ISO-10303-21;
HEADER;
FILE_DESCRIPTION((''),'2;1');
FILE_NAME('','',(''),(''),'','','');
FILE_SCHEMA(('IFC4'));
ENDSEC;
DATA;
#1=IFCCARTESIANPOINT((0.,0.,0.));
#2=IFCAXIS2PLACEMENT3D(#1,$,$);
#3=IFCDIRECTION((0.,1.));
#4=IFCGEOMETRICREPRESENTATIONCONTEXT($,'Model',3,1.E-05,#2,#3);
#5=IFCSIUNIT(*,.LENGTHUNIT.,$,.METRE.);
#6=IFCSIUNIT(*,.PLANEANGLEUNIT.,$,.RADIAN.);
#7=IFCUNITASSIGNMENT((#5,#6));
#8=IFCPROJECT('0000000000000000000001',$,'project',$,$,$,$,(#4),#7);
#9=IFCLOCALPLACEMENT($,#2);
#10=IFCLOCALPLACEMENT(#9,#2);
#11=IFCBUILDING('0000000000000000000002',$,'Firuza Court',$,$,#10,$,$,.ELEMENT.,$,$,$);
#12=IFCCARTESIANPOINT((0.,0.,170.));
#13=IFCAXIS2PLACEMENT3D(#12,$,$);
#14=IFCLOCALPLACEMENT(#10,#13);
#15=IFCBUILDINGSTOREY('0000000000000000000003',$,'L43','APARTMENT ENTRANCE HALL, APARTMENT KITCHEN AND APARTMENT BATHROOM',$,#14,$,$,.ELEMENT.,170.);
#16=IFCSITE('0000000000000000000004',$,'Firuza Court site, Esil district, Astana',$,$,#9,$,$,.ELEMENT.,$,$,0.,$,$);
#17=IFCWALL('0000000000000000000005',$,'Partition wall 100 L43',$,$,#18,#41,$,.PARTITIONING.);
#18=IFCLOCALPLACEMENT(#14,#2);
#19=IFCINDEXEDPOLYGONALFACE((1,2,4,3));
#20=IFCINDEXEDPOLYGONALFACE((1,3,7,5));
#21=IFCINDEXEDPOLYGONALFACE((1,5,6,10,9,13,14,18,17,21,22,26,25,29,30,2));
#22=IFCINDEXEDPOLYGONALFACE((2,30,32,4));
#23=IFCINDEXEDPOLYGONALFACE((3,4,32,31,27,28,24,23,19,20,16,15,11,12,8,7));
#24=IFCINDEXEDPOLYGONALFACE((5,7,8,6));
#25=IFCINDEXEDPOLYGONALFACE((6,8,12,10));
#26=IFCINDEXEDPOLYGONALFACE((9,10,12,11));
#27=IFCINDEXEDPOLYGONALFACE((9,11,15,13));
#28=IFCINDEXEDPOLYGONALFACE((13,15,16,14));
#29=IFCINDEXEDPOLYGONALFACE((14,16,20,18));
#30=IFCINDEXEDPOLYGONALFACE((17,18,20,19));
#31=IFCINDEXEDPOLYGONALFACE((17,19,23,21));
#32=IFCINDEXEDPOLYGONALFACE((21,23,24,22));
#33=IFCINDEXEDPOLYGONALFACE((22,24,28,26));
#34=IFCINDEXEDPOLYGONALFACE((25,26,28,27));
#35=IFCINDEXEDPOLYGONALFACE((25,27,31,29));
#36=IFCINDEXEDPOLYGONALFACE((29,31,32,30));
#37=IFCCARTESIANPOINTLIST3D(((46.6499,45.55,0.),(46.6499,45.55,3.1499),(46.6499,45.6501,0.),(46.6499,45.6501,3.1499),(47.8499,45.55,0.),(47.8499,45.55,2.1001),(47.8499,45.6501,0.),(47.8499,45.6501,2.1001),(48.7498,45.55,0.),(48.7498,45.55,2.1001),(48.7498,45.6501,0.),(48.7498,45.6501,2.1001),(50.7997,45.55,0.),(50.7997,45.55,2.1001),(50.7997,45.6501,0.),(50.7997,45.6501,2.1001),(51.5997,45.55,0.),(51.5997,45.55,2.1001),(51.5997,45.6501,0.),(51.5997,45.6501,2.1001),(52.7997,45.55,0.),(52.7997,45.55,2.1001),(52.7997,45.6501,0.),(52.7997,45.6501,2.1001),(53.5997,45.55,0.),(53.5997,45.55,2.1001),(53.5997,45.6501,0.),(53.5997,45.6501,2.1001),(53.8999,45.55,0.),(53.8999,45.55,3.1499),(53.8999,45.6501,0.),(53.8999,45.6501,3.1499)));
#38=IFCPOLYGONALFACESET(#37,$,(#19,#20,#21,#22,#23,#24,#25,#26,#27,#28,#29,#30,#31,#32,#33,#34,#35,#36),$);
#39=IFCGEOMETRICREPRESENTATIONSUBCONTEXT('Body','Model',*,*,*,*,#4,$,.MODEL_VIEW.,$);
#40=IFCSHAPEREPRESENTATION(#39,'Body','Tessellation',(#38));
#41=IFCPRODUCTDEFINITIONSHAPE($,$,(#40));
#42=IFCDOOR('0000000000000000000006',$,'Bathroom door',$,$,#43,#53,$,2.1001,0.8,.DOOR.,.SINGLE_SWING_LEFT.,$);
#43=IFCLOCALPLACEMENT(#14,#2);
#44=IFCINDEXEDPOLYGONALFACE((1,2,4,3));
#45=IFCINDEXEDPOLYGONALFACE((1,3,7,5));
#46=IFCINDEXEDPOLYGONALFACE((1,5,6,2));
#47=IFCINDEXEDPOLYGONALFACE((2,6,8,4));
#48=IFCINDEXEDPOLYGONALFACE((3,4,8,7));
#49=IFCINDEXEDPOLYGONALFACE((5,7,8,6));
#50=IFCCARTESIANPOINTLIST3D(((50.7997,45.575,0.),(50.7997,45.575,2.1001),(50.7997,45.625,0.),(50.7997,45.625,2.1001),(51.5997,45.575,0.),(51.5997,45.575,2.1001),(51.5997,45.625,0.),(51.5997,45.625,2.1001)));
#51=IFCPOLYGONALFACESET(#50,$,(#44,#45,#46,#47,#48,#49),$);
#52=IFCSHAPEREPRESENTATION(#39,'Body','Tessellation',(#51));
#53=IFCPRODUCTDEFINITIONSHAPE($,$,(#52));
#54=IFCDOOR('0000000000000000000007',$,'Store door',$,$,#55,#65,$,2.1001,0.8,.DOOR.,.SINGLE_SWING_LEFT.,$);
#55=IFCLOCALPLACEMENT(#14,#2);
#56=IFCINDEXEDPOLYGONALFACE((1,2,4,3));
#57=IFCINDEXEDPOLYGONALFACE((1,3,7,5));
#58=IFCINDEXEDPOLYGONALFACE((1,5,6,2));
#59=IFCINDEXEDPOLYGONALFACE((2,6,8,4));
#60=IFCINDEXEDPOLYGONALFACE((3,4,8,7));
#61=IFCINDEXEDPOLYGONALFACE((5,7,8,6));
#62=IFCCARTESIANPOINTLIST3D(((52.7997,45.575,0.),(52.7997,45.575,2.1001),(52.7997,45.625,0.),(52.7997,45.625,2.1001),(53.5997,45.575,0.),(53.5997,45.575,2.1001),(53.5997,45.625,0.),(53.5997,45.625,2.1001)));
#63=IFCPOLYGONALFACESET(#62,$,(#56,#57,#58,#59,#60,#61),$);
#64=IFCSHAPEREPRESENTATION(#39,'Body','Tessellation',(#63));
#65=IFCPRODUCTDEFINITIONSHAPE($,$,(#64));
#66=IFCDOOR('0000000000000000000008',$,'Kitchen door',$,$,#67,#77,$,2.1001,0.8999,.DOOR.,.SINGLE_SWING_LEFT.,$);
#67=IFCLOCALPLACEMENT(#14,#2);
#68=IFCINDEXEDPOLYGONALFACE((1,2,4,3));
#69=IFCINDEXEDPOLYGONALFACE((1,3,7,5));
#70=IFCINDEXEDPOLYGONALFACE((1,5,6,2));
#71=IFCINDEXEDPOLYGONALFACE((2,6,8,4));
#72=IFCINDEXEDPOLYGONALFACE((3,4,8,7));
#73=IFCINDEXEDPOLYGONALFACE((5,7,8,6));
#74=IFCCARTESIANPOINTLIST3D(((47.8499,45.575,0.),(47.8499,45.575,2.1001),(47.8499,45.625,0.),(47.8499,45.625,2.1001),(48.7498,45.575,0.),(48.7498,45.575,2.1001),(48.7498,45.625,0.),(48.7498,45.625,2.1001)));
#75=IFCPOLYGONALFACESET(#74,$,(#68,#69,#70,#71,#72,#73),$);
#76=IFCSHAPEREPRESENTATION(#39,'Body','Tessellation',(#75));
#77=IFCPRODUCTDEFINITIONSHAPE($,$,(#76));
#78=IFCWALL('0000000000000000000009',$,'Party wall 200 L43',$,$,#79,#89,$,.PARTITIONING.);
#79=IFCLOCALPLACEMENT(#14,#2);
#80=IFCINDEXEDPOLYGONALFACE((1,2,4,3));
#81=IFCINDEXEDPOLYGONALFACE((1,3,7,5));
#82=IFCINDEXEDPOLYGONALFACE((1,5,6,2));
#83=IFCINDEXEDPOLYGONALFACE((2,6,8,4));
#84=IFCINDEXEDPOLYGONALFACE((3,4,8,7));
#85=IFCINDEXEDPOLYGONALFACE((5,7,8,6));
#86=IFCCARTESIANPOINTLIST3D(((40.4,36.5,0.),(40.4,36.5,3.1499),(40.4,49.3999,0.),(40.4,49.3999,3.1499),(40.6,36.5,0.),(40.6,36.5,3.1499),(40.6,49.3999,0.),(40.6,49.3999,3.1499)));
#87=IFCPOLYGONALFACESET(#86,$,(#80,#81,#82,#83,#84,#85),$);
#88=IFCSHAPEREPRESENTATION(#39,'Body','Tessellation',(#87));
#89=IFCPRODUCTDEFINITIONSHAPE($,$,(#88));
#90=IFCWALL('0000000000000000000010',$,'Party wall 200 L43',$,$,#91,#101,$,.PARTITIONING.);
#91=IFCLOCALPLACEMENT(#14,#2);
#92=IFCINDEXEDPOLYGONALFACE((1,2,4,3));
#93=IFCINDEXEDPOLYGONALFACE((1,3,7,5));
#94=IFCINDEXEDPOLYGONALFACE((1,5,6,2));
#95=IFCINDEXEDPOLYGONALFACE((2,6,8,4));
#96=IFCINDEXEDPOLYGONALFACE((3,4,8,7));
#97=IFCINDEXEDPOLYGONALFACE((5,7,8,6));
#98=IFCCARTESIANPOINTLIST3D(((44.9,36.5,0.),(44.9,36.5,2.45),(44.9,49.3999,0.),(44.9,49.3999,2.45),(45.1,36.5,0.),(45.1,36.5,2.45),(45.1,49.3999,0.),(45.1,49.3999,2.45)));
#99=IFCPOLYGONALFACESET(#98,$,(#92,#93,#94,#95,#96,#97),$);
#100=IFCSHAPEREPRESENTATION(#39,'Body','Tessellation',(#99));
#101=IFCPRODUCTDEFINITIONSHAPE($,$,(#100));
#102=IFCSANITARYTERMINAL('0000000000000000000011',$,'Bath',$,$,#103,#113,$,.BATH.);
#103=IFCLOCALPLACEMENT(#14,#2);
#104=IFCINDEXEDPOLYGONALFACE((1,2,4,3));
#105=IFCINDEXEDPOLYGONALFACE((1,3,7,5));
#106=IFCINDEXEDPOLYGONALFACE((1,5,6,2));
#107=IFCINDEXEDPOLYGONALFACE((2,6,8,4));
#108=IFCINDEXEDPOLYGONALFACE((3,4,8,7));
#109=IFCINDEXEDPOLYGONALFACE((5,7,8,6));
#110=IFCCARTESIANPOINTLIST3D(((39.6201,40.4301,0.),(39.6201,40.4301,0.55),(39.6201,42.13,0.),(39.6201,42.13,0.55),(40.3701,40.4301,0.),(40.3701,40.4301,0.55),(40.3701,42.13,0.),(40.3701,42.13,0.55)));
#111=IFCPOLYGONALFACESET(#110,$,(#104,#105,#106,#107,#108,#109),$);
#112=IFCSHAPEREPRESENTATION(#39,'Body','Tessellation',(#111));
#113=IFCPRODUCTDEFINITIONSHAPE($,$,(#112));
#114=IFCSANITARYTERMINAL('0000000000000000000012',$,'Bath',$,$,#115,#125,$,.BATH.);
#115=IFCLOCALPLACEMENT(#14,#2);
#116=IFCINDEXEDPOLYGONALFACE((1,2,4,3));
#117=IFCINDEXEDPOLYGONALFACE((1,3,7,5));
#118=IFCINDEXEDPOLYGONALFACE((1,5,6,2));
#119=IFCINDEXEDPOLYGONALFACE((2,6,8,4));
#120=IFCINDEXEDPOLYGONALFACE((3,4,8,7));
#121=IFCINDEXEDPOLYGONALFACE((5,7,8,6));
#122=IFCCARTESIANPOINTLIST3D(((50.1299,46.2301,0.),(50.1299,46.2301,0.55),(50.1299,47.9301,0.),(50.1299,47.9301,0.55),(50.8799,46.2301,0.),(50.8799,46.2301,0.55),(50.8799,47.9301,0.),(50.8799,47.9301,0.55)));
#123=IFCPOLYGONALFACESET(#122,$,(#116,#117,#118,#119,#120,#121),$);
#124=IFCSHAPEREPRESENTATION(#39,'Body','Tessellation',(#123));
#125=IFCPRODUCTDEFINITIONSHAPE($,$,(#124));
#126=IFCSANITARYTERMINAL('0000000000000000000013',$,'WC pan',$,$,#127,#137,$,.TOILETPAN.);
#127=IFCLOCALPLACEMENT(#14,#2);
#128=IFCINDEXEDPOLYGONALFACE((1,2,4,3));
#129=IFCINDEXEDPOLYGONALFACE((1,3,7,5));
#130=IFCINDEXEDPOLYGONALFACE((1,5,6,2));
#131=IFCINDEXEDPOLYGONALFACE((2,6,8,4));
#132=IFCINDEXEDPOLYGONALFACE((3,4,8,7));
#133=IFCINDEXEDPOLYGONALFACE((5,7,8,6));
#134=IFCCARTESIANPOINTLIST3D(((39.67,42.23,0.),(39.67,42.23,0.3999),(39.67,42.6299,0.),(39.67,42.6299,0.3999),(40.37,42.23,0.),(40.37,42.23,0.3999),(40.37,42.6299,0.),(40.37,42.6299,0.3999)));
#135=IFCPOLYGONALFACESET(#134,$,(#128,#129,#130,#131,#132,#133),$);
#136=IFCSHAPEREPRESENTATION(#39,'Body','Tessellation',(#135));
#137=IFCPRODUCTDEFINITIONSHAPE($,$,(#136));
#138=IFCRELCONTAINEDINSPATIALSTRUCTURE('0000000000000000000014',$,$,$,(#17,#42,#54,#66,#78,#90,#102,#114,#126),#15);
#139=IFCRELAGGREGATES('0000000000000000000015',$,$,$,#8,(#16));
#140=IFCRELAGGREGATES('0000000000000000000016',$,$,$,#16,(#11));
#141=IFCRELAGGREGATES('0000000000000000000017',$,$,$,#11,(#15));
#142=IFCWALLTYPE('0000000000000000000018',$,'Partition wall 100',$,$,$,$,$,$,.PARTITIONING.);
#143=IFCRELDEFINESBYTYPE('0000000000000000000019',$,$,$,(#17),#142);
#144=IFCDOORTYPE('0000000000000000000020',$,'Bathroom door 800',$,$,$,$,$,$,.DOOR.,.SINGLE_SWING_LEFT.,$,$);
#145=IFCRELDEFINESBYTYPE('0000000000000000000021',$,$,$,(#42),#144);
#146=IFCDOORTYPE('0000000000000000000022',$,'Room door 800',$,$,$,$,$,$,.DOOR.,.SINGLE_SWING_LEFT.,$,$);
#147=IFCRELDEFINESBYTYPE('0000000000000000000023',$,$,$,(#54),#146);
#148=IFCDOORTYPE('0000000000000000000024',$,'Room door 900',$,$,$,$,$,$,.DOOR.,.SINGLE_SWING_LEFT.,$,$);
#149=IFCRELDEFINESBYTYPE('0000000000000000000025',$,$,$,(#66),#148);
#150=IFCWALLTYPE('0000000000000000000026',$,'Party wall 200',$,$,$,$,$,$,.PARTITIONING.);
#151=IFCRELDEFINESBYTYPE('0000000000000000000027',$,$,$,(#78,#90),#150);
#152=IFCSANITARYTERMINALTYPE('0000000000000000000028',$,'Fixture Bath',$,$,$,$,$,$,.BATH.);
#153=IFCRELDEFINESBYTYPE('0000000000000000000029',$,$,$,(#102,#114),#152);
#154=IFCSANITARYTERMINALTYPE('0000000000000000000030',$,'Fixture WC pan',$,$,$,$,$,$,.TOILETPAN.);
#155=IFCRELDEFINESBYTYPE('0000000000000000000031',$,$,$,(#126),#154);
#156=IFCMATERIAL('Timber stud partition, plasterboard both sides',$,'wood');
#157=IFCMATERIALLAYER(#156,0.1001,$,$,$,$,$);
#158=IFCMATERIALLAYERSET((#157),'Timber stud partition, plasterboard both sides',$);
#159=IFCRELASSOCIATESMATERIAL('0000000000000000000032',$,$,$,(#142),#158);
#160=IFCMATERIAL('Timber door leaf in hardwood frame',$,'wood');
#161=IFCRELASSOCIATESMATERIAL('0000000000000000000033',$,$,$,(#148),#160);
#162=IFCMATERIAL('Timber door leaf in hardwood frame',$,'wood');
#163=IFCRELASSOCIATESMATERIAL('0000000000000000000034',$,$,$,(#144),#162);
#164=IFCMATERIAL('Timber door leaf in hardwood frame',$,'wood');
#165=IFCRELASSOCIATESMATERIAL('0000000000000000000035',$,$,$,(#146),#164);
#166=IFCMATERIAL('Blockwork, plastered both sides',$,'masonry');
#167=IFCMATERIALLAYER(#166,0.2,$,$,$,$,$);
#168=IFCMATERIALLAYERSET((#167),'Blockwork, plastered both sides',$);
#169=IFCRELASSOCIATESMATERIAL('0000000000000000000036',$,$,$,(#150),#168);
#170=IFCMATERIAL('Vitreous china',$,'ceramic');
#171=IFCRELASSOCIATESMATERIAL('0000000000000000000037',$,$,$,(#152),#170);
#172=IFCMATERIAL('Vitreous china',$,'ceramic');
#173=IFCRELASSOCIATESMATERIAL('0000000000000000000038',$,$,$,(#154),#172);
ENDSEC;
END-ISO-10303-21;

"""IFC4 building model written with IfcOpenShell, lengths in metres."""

from ifc_helpers import new_model, si_unit, direction, frame, frame_2d, origin, origin_2d, place, context, subcontext, project, spatial, rectangle, extrude, material, layer, layer_set, type_object, element, fill, save


model = new_model("IFC4")

# Units and contexts
model_context = context("Model", 3, precision=1e-05, world=origin(), true_north=direction((0.0, 1.0)))
body_context = subcontext(model_context, "Body", "Model", "MODEL_VIEW")
ifc_project = project(units=[si_unit("LENGTHUNIT", "METRE"), si_unit("PLANEANGLEUNIT", "RADIAN")], contexts=[model_context])

# Site, building, storey
site_placement = place(None, origin())
site = spatial("IfcSite", under=ifc_project, at=site_placement, Name="Firuza Court site, Esil district, Astana", CompositionType="ELEMENT", RefElevation=0.0)
building_placement = place(site_placement, origin())
building = spatial("IfcBuilding", under=site, at=building_placement, Name="Firuza Court", CompositionType="ELEMENT")
storey_placement = place(building_placement, frame((0.0, 0.0, 170.0)))
storey = spatial("IfcBuildingStorey", under=building, at=storey_placement, Name="L43", Description="APARTMENT ENTRANCE HALL, APARTMENT KITCHEN AND APARTMENT BATHROOM", CompositionType="ELEMENT", Elevation=170.0)

# Shared definitions
ifc_material_1 = material(Name="Blockwork, plastered both sides", Category="masonry")

# Shared definitions
ifc_material_2 = material(Name="Timber stud partition, plasterboard both sides", Category="wood")
ifc_layer_1 = layer(ifc_material_2, 0.1001)
ifc_layer_set_1 = layer_set([ifc_layer_1], Name="Timber stud partition, plasterboard both sides")
wall_type_1 = type_object("IfcWallType", Name="Partition wall 100", PredefinedType="PARTITIONING", material=ifc_layer_set_1)

# Shared definitions
ifc_material_3 = material(Name="Timber door leaf in hardwood frame", Category="wood")
door_type_1 = type_object("IfcDoorType", Name="Room door 900", OperationType="SINGLE_SWING_LEFT", PredefinedType="DOOR", material=ifc_material_3)

# Wall, openings, doors
wall_1_placement = place(storey_placement, frame((46.6499, 45.6001, 0.0), z_axis=(0.0, 0.0, 1.0), x_axis=(1.0, 0.0, 0.0)))
wall_1 = element("IfcWall", 1, at=wall_1_placement, inside=storey, type_object=wall_type_1, Name="Partition wall 100 L43", PredefinedType="PARTITIONING", context=body_context, shape_type="SweptSolid", body=[
    extrude(rectangle(XDim=7.25, YDim=0.1001, at=frame_2d((3.625, 0.0))), origin(), (0.0, 0.0, 1.0), 3.1499),
])
opening_1_placement = place(wall_1_placement, frame((4.1499, 0.0, 0.0)))
opening_1 = element("IfcOpeningElement", 2, at=opening_1_placement, cuts=wall_1, PredefinedType="OPENING", context=body_context, shape_type="SweptSolid", body=[
    extrude(rectangle(XDim=0.8, YDim=2.1001, at=frame_2d((0.3999, 1.05))), frame((0.0, 0.062, 0.0), z_axis=(0.0, -1.0, 0.0), x_axis=(1.0, 0.0, 0.0)), (0.0, 0.0, 1.0), 0.124),
])
opening_2_placement = place(wall_1_placement, frame((1.2, 0.0, 0.0)))
opening_2 = element("IfcOpeningElement", 3, at=opening_2_placement, cuts=wall_1, PredefinedType="OPENING", context=body_context, shape_type="SweptSolid", body=[
    extrude(rectangle(XDim=0.8999, YDim=2.1001, at=frame_2d((0.45, 1.05))), frame((0.0, 0.062, 0.0), z_axis=(0.0, -1.0, 0.0), x_axis=(1.0, 0.0, 0.0)), (0.0, 0.0, 1.0), 0.124),
])
opening_3_placement = place(wall_1_placement, frame((6.1499, 0.0, 0.0)))
opening_3 = element("IfcOpeningElement", 4, at=opening_3_placement, cuts=wall_1, PredefinedType="OPENING", context=body_context, shape_type="SweptSolid", body=[
    extrude(rectangle(XDim=0.8, YDim=2.1001, at=frame_2d((0.3999, 1.05))), frame((0.0, 0.062, 0.0), z_axis=(0.0, -1.0, 0.0), x_axis=(1.0, 0.0, 0.0)), (0.0, 0.0, 1.0), 0.124),
])
ifc_material_4 = material(Name="Timber door leaf in hardwood frame", Category="wood")
door_type_2 = type_object("IfcDoorType", Name="Bathroom door 800", OperationType="SINGLE_SWING_LEFT", PredefinedType="DOOR", material=ifc_material_4)
door_1_placement = place(opening_1_placement, origin())
door_1 = element("IfcDoor", 5, at=door_1_placement, inside=storey, type_object=door_type_2, Name="Bathroom door", OperationType="SINGLE_SWING_LEFT", OverallHeight=2.1001, OverallWidth=0.8, PredefinedType="DOOR", context=body_context, shape_type="SweptSolid", body=[
    extrude(rectangle(XDim=0.8, YDim=2.1001, at=frame_2d((0.3999, 1.05))), frame((0.0, 0.0249, 0.0), z_axis=(0.0, -1.0, 0.0), x_axis=(1.0, 0.0, 0.0)), (0.0, 0.0, 1.0), 0.05),
])
fill(opening_1, door_1)
ifc_material_5 = material(Name="Timber door leaf in hardwood frame", Category="wood")
door_type_3 = type_object("IfcDoorType", Name="Room door 800", OperationType="SINGLE_SWING_LEFT", PredefinedType="DOOR", material=ifc_material_5)
door_2_placement = place(opening_3_placement, origin())
door_2 = element("IfcDoor", 6, at=door_2_placement, inside=storey, type_object=door_type_3, Name="Store door", OperationType="SINGLE_SWING_LEFT", OverallHeight=2.1001, OverallWidth=0.8, PredefinedType="DOOR", context=body_context, shape_type="SweptSolid", body=[
    extrude(rectangle(XDim=0.8, YDim=2.1001, at=frame_2d((0.3999, 1.05))), frame((0.0, 0.0249, 0.0), z_axis=(0.0, -1.0, 0.0), x_axis=(1.0, 0.0, 0.0)), (0.0, 0.0, 1.0), 0.05),
])
fill(opening_3, door_2)
door_3_placement = place(opening_2_placement, origin())
door_3 = element("IfcDoor", 7, at=door_3_placement, inside=storey, type_object=door_type_1, Name="Kitchen door", OperationType="SINGLE_SWING_LEFT", OverallHeight=2.1001, OverallWidth=0.8999, PredefinedType="DOOR", context=body_context, shape_type="SweptSolid", body=[
    extrude(rectangle(XDim=0.8999, YDim=2.1001, at=frame_2d((0.45, 1.05))), frame((0.0, 0.0249, 0.0), z_axis=(0.0, -1.0, 0.0), x_axis=(1.0, 0.0, 0.0)), (0.0, 0.0, 1.0), 0.05),
])
fill(opening_2, door_3)

# Walls
ifc_layer_2 = layer(ifc_material_1, 0.2)
ifc_layer_set_2 = layer_set([ifc_layer_2], Name="Blockwork, plastered both sides")
wall_type_2 = type_object("IfcWallType", Name="Party wall 200", PredefinedType="PARTITIONING", material=ifc_layer_set_2)
wall_2_placement = place(storey_placement, frame((40.5, 36.5, 0.0), z_axis=(0.0, 0.0, 1.0), x_axis=(0.0, 1.0, 0.0)))
element("IfcWall", 8, at=wall_2_placement, inside=storey, type_object=wall_type_2, Name="Party wall 200 L43", PredefinedType="PARTITIONING", context=body_context, shape_type="SweptSolid", body=[
    extrude(rectangle(XDim=12.8999, YDim=0.2, at=frame_2d((6.45, 0.0))), origin(), (0.0, 0.0, 1.0), 3.1499),
])
wall_3_placement = place(storey_placement, frame((45.0, 36.5, 0.0), z_axis=(0.0, 0.0, 1.0), x_axis=(0.0, 1.0, 0.0)))
element("IfcWall", 9, at=wall_3_placement, inside=storey, type_object=wall_type_2, Name="Party wall 200 L43", PredefinedType="PARTITIONING", context=body_context, shape_type="SweptSolid", body=[
    extrude(rectangle(XDim=12.8999, YDim=0.2, at=frame_2d((6.45, 0.0))), origin(), (0.0, 0.0, 1.0), 2.45),
])

# Sanitary terminals
ifc_material_6 = material(Name="Vitreous china", Category="ceramic")
sanitary_terminal_type_1 = type_object("IfcSanitaryTerminalType", Name="Fixture Bath", PredefinedType="BATH", material=ifc_material_6)
for number, where, z_axis, x_axis, name in (
    (10, (39.9951, 41.28, 0.0), (0.0, 0.0, 1.0), (1.0, 0.0, 0.0), "Bath"),
    (11, (50.5049, 47.0801, 0.0), (0.0, 0.0, 1.0), (1.0, 0.0, 0.0), "Bath"),
):
    element("IfcSanitaryTerminal", number, at=place(storey_placement, frame(where, z_axis=z_axis, x_axis=x_axis)), inside=storey, type_object=sanitary_terminal_type_1, Name=name, PredefinedType="BATH", context=body_context, shape_type="SweptSolid", body=[
        extrude(rectangle(XDim=0.75, YDim=1.7, at=origin_2d()), origin(), (0.0, 0.0, 1.0), 0.55),
    ])
ifc_material_7 = material(Name="Vitreous china", Category="ceramic")
sanitary_terminal_type_2 = type_object("IfcSanitaryTerminalType", Name="Fixture WC pan", PredefinedType="TOILETPAN", material=ifc_material_7)
sanitary_terminal_placement = place(storey_placement, frame((40.02, 42.4299, 0.0), z_axis=(0.0, 0.0, 1.0), x_axis=(1.0, 0.0, 0.0)))
element("IfcSanitaryTerminal", 12, at=sanitary_terminal_placement, inside=storey, type_object=sanitary_terminal_type_2, Name="WC pan", PredefinedType="TOILETPAN", context=body_context, shape_type="SweptSolid", body=[
    extrude(rectangle(XDim=0.7, YDim=0.3999, at=origin_2d()), origin(), (0.0, 0.0, 1.0), 0.3999),
])

save(model, "model.ifc")
